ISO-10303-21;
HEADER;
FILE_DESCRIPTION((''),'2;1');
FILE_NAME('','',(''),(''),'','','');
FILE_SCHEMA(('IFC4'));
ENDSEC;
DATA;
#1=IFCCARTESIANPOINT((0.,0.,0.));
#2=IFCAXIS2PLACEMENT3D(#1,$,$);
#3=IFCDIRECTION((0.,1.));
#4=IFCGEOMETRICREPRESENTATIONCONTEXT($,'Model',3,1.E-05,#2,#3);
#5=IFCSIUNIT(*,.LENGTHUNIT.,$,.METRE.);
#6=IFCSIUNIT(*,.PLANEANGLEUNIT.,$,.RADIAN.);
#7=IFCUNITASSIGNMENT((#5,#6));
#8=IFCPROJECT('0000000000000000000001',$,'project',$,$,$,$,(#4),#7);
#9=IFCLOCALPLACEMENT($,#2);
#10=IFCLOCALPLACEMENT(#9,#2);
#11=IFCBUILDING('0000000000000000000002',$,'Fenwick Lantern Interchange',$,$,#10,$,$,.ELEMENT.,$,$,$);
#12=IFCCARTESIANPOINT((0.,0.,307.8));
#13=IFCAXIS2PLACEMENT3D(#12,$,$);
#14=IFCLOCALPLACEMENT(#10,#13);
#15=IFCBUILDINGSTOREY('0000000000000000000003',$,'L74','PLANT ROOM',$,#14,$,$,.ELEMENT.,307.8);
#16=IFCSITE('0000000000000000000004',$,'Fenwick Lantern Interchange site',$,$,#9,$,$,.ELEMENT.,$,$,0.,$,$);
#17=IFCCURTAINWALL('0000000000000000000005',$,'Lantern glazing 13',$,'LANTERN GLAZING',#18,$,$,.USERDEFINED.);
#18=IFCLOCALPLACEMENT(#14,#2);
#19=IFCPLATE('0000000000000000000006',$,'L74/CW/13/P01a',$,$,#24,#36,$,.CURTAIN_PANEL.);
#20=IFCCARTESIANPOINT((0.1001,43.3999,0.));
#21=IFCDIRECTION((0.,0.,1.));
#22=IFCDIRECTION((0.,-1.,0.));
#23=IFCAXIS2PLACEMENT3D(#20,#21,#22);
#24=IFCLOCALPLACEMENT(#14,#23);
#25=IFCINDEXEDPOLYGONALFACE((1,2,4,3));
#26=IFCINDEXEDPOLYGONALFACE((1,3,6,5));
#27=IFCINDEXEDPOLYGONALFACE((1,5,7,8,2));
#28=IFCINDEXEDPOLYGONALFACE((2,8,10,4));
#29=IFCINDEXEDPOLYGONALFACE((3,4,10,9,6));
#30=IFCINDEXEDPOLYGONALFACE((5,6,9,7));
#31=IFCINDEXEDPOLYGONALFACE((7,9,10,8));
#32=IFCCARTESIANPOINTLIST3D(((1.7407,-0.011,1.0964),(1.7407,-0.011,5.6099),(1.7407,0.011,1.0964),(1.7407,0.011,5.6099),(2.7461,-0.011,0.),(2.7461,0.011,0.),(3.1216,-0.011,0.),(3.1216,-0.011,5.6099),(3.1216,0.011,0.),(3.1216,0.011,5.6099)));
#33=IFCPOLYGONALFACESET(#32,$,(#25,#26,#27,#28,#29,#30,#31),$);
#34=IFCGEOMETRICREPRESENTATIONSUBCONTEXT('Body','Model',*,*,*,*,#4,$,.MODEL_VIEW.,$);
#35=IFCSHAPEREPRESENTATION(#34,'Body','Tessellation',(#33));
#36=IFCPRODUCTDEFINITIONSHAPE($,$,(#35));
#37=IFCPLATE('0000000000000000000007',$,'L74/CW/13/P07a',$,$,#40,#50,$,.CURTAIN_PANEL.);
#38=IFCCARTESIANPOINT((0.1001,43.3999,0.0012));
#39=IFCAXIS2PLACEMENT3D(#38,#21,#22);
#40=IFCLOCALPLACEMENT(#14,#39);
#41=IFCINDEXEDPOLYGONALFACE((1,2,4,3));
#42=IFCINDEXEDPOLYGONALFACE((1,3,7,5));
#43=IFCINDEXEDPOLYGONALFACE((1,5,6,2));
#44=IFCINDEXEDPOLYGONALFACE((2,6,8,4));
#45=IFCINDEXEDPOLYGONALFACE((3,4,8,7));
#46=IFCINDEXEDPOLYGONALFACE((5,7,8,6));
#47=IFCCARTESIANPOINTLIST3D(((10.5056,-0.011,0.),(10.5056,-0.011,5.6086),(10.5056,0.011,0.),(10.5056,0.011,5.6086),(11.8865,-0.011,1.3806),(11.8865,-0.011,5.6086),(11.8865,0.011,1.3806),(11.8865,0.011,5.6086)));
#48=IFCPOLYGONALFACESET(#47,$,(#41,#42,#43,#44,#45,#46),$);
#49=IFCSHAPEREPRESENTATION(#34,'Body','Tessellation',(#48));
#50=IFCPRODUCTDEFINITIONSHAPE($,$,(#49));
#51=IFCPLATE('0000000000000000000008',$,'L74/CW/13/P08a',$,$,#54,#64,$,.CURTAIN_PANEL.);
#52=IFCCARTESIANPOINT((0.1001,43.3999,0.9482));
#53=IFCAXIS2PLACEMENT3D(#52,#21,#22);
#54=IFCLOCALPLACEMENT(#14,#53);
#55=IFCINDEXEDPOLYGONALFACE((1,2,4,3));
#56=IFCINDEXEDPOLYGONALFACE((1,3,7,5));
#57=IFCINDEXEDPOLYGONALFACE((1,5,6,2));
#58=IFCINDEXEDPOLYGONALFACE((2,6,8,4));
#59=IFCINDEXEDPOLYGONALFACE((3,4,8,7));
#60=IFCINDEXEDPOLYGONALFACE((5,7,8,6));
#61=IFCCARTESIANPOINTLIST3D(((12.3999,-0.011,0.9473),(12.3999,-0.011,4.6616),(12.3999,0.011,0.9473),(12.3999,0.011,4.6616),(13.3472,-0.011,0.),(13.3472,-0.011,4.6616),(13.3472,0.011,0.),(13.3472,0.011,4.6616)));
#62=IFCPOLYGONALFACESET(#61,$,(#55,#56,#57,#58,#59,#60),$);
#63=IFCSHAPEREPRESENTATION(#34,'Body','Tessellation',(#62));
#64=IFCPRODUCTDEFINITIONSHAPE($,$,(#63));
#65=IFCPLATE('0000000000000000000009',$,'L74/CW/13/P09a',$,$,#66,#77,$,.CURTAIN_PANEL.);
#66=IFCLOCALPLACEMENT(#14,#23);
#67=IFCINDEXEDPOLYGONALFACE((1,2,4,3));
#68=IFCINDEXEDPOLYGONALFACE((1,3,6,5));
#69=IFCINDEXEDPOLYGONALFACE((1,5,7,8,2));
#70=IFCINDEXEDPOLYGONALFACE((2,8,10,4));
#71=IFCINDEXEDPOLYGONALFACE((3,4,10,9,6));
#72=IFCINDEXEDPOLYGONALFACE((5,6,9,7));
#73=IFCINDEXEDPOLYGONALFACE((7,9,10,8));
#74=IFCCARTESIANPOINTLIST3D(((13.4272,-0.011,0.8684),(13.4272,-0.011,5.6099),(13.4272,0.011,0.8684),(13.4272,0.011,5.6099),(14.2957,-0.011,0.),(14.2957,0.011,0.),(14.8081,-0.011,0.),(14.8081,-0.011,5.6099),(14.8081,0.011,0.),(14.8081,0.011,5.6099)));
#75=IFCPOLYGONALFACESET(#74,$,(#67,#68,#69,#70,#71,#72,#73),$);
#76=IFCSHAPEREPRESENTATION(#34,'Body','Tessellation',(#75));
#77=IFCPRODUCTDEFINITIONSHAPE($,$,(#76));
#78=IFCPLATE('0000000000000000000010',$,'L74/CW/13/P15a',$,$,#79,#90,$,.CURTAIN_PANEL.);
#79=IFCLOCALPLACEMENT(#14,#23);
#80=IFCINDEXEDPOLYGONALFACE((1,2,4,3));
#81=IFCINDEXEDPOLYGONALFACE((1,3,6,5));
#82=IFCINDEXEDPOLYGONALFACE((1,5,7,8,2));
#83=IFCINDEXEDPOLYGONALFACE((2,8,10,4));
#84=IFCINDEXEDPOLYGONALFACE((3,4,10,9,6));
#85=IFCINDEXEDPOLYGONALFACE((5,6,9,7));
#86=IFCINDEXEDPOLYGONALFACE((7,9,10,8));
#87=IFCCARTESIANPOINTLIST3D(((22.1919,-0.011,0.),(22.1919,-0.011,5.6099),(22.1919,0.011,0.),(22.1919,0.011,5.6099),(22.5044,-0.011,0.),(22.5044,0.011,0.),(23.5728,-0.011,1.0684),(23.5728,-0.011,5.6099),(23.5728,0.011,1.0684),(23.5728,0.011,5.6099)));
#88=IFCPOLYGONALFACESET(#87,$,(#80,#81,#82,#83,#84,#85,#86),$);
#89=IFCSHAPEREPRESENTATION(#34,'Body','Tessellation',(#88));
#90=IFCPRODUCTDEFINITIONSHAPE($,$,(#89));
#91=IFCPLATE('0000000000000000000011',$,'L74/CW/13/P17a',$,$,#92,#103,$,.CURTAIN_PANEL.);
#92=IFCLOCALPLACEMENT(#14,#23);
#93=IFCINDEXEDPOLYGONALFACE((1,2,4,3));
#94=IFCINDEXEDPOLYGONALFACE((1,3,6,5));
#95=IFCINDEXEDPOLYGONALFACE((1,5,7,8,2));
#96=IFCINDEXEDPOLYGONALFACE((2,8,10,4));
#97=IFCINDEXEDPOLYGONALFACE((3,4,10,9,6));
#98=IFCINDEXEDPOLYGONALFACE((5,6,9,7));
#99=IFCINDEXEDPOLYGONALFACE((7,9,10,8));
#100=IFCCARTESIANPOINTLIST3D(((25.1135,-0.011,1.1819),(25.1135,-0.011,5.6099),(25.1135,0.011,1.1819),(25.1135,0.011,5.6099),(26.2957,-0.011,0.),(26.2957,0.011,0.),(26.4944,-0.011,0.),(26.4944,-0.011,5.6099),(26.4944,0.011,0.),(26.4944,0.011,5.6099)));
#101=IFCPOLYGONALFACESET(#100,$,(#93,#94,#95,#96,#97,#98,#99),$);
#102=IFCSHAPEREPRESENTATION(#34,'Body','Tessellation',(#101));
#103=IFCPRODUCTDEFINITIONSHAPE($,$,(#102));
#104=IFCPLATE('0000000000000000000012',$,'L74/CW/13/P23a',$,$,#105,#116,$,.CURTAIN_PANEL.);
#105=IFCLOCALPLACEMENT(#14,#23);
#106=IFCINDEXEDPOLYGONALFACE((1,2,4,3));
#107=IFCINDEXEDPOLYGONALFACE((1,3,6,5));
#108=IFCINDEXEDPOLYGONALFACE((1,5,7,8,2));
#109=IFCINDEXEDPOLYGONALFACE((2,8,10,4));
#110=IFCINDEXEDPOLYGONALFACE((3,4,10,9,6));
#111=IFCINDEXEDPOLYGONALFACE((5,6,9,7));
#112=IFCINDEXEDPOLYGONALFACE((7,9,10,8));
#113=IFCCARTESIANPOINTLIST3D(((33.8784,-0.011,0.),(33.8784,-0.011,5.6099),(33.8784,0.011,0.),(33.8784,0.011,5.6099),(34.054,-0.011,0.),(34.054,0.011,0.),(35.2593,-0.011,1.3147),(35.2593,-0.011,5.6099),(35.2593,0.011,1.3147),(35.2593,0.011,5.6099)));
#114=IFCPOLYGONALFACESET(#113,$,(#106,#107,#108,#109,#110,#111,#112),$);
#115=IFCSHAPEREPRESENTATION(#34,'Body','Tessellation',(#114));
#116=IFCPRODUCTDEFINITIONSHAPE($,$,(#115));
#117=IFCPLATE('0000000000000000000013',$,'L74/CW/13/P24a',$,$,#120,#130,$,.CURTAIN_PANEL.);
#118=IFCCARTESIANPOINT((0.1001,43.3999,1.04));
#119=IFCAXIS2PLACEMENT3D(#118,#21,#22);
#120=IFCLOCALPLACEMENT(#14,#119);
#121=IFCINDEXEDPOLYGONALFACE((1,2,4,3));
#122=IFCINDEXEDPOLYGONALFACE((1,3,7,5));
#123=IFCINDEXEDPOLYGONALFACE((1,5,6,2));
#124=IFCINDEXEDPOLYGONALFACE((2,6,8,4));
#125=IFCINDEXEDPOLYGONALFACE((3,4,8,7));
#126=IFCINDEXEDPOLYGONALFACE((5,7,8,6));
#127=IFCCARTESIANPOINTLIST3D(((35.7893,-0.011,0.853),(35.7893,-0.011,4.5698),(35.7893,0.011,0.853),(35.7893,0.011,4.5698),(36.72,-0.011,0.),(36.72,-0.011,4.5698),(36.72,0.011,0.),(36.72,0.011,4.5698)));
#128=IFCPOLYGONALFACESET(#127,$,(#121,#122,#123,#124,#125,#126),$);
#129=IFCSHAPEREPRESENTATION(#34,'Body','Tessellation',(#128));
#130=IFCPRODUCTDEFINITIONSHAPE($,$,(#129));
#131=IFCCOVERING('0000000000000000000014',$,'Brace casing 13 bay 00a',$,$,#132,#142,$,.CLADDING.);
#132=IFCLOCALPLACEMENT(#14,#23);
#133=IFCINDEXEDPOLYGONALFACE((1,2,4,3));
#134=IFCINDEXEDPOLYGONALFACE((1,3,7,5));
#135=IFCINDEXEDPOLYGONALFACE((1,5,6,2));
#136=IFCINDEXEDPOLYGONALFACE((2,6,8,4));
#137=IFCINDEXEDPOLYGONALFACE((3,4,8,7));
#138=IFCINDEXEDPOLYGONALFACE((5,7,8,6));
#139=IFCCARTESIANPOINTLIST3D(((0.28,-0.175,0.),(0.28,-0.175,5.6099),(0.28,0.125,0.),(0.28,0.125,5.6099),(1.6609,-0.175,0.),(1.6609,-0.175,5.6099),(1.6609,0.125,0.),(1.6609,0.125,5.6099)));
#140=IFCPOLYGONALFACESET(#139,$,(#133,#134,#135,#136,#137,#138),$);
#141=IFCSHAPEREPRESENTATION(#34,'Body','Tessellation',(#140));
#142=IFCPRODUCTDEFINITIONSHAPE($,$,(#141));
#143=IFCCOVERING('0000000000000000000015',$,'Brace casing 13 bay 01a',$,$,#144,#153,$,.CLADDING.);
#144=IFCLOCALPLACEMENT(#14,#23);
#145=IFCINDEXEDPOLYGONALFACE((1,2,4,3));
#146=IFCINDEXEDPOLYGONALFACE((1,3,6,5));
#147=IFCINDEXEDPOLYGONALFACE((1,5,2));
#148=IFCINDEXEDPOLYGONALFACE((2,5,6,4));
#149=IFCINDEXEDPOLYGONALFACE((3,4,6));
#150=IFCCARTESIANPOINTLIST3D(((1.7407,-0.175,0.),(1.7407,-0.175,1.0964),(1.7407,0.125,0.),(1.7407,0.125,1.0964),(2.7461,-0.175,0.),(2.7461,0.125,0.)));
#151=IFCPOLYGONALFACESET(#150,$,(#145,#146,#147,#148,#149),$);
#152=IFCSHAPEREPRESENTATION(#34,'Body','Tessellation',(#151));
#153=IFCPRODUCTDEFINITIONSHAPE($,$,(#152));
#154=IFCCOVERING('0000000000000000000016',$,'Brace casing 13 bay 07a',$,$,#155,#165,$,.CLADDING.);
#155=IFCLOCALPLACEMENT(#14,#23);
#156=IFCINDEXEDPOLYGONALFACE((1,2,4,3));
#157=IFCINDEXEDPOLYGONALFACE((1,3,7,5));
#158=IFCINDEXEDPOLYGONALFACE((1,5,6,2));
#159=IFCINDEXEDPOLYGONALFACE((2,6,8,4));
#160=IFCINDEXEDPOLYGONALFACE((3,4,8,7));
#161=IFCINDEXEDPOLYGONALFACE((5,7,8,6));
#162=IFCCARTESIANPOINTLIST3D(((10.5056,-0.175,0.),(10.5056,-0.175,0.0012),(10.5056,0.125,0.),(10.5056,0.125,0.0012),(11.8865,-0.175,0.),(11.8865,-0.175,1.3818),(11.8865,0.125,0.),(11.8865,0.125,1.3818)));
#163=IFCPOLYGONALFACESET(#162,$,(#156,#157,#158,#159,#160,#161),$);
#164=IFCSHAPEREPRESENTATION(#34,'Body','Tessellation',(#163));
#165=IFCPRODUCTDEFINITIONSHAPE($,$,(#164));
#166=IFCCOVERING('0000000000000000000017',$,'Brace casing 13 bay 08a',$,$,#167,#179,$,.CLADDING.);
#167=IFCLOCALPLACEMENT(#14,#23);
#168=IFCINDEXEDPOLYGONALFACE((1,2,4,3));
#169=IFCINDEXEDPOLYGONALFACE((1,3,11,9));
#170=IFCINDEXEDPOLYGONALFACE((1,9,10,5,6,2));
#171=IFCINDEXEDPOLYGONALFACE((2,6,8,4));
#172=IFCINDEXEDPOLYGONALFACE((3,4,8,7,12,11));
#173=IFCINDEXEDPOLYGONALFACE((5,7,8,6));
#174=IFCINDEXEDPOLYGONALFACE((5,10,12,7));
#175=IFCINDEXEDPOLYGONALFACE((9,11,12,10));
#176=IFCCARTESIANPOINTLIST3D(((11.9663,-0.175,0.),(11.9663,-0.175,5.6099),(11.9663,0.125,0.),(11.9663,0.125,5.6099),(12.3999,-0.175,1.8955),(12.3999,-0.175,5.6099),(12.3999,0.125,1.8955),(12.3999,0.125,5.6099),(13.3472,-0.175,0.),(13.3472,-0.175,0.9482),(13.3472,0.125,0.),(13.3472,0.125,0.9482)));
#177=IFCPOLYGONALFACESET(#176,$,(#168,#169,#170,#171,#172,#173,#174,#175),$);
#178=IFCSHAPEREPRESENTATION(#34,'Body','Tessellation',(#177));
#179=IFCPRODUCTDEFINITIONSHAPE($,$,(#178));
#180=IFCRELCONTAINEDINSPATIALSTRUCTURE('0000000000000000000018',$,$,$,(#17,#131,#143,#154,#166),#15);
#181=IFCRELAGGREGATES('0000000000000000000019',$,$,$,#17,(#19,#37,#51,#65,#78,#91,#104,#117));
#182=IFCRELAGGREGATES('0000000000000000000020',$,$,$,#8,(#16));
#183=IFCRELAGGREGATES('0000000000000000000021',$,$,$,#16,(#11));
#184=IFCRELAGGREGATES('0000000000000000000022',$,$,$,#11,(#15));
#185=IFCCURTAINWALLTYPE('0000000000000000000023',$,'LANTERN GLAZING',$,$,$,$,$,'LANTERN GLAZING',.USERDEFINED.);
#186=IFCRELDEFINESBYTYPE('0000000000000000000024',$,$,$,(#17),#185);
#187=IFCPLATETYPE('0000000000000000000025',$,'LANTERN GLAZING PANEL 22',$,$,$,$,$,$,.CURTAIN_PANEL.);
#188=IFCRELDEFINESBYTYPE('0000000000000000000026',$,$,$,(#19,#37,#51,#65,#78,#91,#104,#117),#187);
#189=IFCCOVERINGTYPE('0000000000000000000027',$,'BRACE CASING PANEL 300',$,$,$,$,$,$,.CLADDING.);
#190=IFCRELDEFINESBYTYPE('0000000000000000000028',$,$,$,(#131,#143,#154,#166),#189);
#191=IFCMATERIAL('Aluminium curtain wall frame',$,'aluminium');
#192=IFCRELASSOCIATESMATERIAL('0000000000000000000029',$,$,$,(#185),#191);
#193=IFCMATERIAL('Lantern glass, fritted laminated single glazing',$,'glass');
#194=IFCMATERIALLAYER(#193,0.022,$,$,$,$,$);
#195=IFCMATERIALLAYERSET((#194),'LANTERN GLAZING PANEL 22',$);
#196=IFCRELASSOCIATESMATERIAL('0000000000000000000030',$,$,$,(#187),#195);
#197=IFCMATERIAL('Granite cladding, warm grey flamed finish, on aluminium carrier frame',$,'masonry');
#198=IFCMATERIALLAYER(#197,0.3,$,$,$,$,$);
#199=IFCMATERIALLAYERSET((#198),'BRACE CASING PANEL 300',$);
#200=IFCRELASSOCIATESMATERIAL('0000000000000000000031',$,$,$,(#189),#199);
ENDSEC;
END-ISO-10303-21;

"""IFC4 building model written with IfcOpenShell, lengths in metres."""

from ifc_helpers import new_model, si_unit, direction, frame, origin, place, context, subcontext, project, spatial, polyline, outline, extrude, material, layer, layer_set, type_object, element, aggregate, save


model = new_model("IFC4")

# Units and contexts
model_context = context("Model", 3, precision=1e-05, world=origin(), true_north=direction((0.0, 1.0)))
body_context = subcontext(model_context, "Body", "Model", "MODEL_VIEW")
ifc_project = project(units=[si_unit("LENGTHUNIT", "METRE"), si_unit("PLANEANGLEUNIT", "RADIAN")], contexts=[model_context])

# Site, building, storey
site_placement = place(None, origin())
site = spatial("IfcSite", under=ifc_project, at=site_placement, Name="Fenwick Lantern Interchange site", CompositionType="ELEMENT", RefElevation=0.0)
building_placement = place(site_placement, origin())
building = spatial("IfcBuilding", under=site, at=building_placement, Name="Fenwick Lantern Interchange", CompositionType="ELEMENT")
storey_placement = place(building_placement, frame((0.0, 0.0, 307.8)))
storey = spatial("IfcBuildingStorey", under=building, at=storey_placement, Name="L74", Description="PLANT ROOM", CompositionType="ELEMENT", Elevation=307.8)

# Shared definitions
ifc_material_1 = material(Name="Aluminium curtain wall frame", Category="aluminium")
curtain_wall_type = type_object("IfcCurtainWallType", Name="LANTERN GLAZING", ElementType="LANTERN GLAZING", PredefinedType="USERDEFINED", material=ifc_material_1)

# Curtain wall
curtain_wall_1_placement = place(storey_placement, origin())
curtain_wall_1 = element("IfcCurtainWall", 1, at=curtain_wall_1_placement, inside=storey, type_object=curtain_wall_type, Name="Lantern glazing 13", ObjectType="LANTERN GLAZING", PredefinedType="USERDEFINED")

# Plates
ifc_material_2 = material(Name="Lantern glass, fritted laminated single glazing", Category="glass")
ifc_layer_1 = layer(ifc_material_2, 0.022)
ifc_layer_set_1 = layer_set([ifc_layer_1], Name="LANTERN GLAZING PANEL 22")
plate_type = type_object("IfcPlateType", Name="LANTERN GLAZING PANEL 22", PredefinedType="CURTAIN_PANEL", material=ifc_layer_set_1)
plate_1_placement = place(storey_placement, frame((0.1001, 43.3999, 0.0), z_axis=(0.0, 0.0, 1.0), x_axis=(0.0, -1.0, 0.0)))
plate_1 = element("IfcPlate", 2, at=plate_1_placement, type_object=plate_type, Name="L74/CW/13/P01a", PredefinedType="CURTAIN_PANEL", context=body_context, shape_type="SweptSolid", body=[
    extrude(outline(polyline([(2.7461, 0.0), (3.1216, 0.0), (3.1216, 5.6099), (1.7407, 5.6099), (1.7407, 1.0964), (2.7461, 0.0)])), frame((0.0, 0.011, 0.0), z_axis=(0.0, -1.0, 0.0), x_axis=(1.0, 0.0, 0.0)), (0.0, 0.0, 1.0), 0.022),
])
plate_2_placement = place(storey_placement, frame((0.1001, 43.3999, 0.0012), z_axis=(0.0, 0.0, 1.0), x_axis=(0.0, -1.0, 0.0)))
plate_2 = element("IfcPlate", 3, at=plate_2_placement, type_object=plate_type, Name="L74/CW/13/P07a", PredefinedType="CURTAIN_PANEL", context=body_context, shape_type="SweptSolid", body=[
    extrude(outline(polyline([(10.5056, 0.0), (11.8865, 1.3806), (11.8865, 5.6086), (10.5056, 5.6086), (10.5056, 0.0)])), frame((0.0, 0.011, 0.0), z_axis=(0.0, -1.0, 0.0), x_axis=(1.0, 0.0, 0.0)), (0.0, 0.0, 1.0), 0.022),
])
plate_3_placement = place(storey_placement, frame((0.1001, 43.3999, 0.9482), z_axis=(0.0, 0.0, 1.0), x_axis=(0.0, -1.0, 0.0)))
plate_3 = element("IfcPlate", 4, at=plate_3_placement, type_object=plate_type, Name="L74/CW/13/P08a", PredefinedType="CURTAIN_PANEL", context=body_context, shape_type="SweptSolid", body=[
    extrude(outline(polyline([(13.3472, 0.0), (13.3472, 4.6616), (12.3999, 4.6616), (12.3999, 0.9473), (13.3472, 0.0)])), frame((0.0, 0.011, 0.0), z_axis=(0.0, -1.0, 0.0), x_axis=(1.0, 0.0, 0.0)), (0.0, 0.0, 1.0), 0.022),
])
plate_4_placement = place(storey_placement, frame((0.1001, 43.3999, 0.0), z_axis=(0.0, 0.0, 1.0), x_axis=(0.0, -1.0, 0.0)))
plate_4 = element("IfcPlate", 5, at=plate_4_placement, type_object=plate_type, Name="L74/CW/13/P09a", PredefinedType="CURTAIN_PANEL", context=body_context, shape_type="SweptSolid", body=[
    extrude(outline(polyline([(14.2957, 0.0), (14.8081, 0.0), (14.8081, 5.6099), (13.4272, 5.6099), (13.4272, 0.8684), (14.2957, 0.0)])), frame((0.0, 0.011, 0.0), z_axis=(0.0, -1.0, 0.0), x_axis=(1.0, 0.0, 0.0)), (0.0, 0.0, 1.0), 0.022),
])
plate_5_placement = place(storey_placement, frame((0.1001, 43.3999, 0.0), z_axis=(0.0, 0.0, 1.0), x_axis=(0.0, -1.0, 0.0)))
plate_5 = element("IfcPlate", 6, at=plate_5_placement, type_object=plate_type, Name="L74/CW/13/P15a", PredefinedType="CURTAIN_PANEL", context=body_context, shape_type="SweptSolid", body=[
    extrude(outline(polyline([(22.1919, 0.0), (22.5044, 0.0), (23.5728, 1.0684), (23.5728, 5.6099), (22.1919, 5.6099), (22.1919, 0.0)])), frame((0.0, 0.011, 0.0), z_axis=(0.0, -1.0, 0.0), x_axis=(1.0, 0.0, 0.0)), (0.0, 0.0, 1.0), 0.022),
])
plate_6_placement = place(storey_placement, frame((0.1001, 43.3999, 0.0), z_axis=(0.0, 0.0, 1.0), x_axis=(0.0, -1.0, 0.0)))
plate_6 = element("IfcPlate", 7, at=plate_6_placement, type_object=plate_type, Name="L74/CW/13/P17a", PredefinedType="CURTAIN_PANEL", context=body_context, shape_type="SweptSolid", body=[
    extrude(outline(polyline([(26.2957, 0.0), (26.4944, 0.0), (26.4944, 5.6099), (25.1135, 5.6099), (25.1135, 1.1819), (26.2957, 0.0)])), frame((0.0, 0.011, 0.0), z_axis=(0.0, -1.0, 0.0), x_axis=(1.0, 0.0, 0.0)), (0.0, 0.0, 1.0), 0.022),
])
plate_7_placement = place(storey_placement, frame((0.1001, 43.3999, 0.0), z_axis=(0.0, 0.0, 1.0), x_axis=(0.0, -1.0, 0.0)))
plate_7 = element("IfcPlate", 8, at=plate_7_placement, type_object=plate_type, Name="L74/CW/13/P23a", PredefinedType="CURTAIN_PANEL", context=body_context, shape_type="SweptSolid", body=[
    extrude(outline(polyline([(33.8784, 0.0), (34.054, 0.0), (35.2593, 1.3147), (35.2593, 5.6099), (33.8784, 5.6099), (33.8784, 0.0)])), frame((0.0, 0.011, 0.0), z_axis=(0.0, -1.0, 0.0), x_axis=(1.0, 0.0, 0.0)), (0.0, 0.0, 1.0), 0.022),
])
plate_8_placement = place(storey_placement, frame((0.1001, 43.3999, 1.04), z_axis=(0.0, 0.0, 1.0), x_axis=(0.0, -1.0, 0.0)))
plate_8 = element("IfcPlate", 9, at=plate_8_placement, type_object=plate_type, Name="L74/CW/13/P24a", PredefinedType="CURTAIN_PANEL", context=body_context, shape_type="SweptSolid", body=[
    extrude(outline(polyline([(36.72, 0.0), (36.72, 4.5698), (35.7893, 4.5698), (35.7893, 0.853), (36.72, 0.0)])), frame((0.0, 0.011, 0.0), z_axis=(0.0, -1.0, 0.0), x_axis=(1.0, 0.0, 0.0)), (0.0, 0.0, 1.0), 0.022),
])
aggregate(curtain_wall_1, [plate_1, plate_2, plate_3, plate_4, plate_5, plate_6, plate_7, plate_8])

# Coverings
ifc_material_3 = material(Name="Granite cladding, warm grey flamed finish, on aluminium carrier frame", Category="masonry")
ifc_layer_2 = layer(ifc_material_3, 0.3)
ifc_layer_set_2 = layer_set([ifc_layer_2], Name="BRACE CASING PANEL 300")
covering_type = type_object("IfcCoveringType", Name="BRACE CASING PANEL 300", PredefinedType="CLADDING", material=ifc_layer_set_2)
covering_1_placement = place(storey_placement, frame((0.1001, 43.3999, 0.0), z_axis=(0.0, 0.0, 1.0), x_axis=(0.0, -1.0, 0.0)))
element("IfcCovering", 10, at=covering_1_placement, inside=storey, type_object=covering_type, Name="Brace casing 13 bay 00a", PredefinedType="CLADDING", context=body_context, shape_type="SweptSolid", body=[
    extrude(outline(polyline([(0.28, 0.0), (1.6609, 0.0), (1.6609, 5.6099), (0.28, 5.6099), (0.28, 0.0)])), frame((0.0, 0.125, 0.0), z_axis=(0.0, -1.0, 0.0), x_axis=(1.0, 0.0, 0.0)), (0.0, 0.0, 1.0), 0.3),
])
covering_2_placement = place(storey_placement, frame((0.1001, 43.3999, 0.0), z_axis=(0.0, 0.0, 1.0), x_axis=(0.0, -1.0, 0.0)))
element("IfcCovering", 11, at=covering_2_placement, inside=storey, type_object=covering_type, Name="Brace casing 13 bay 01a", PredefinedType="CLADDING", context=body_context, shape_type="SweptSolid", body=[
    extrude(outline(polyline([(1.7407, 0.0), (2.7461, 0.0), (1.7407, 1.0964), (1.7407, 0.0)])), frame((0.0, 0.125, 0.0), z_axis=(0.0, -1.0, 0.0), x_axis=(1.0, 0.0, 0.0)), (0.0, 0.0, 1.0), 0.3),
])
covering_3_placement = place(storey_placement, frame((0.1001, 43.3999, 0.0), z_axis=(0.0, 0.0, 1.0), x_axis=(0.0, -1.0, 0.0)))
element("IfcCovering", 12, at=covering_3_placement, inside=storey, type_object=covering_type, Name="Brace casing 13 bay 07a", PredefinedType="CLADDING", context=body_context, shape_type="SweptSolid", body=[
    extrude(outline(polyline([(10.5056, 0.0), (11.8865, 0.0), (11.8865, 1.3818), (10.5056, 0.0012), (10.5056, 0.0)])), frame((0.0, 0.125, 0.0), z_axis=(0.0, -1.0, 0.0), x_axis=(1.0, 0.0, 0.0)), (0.0, 0.0, 1.0), 0.3),
])
covering_4_placement = place(storey_placement, frame((0.1001, 43.3999, 0.0), z_axis=(0.0, 0.0, 1.0), x_axis=(0.0, -1.0, 0.0)))
element("IfcCovering", 13, at=covering_4_placement, inside=storey, type_object=covering_type, Name="Brace casing 13 bay 08a", PredefinedType="CLADDING", context=body_context, shape_type="SweptSolid", body=[
    extrude(outline(polyline([(11.9663, 0.0), (13.3472, 0.0), (13.3472, 0.9482), (12.3999, 1.8955), (12.3999, 5.6099), (11.9663, 5.6099), (11.9663, 0.0)])), frame((0.0, 0.125, 0.0), z_axis=(0.0, -1.0, 0.0), x_axis=(1.0, 0.0, 0.0)), (0.0, 0.0, 1.0), 0.3),
])

save(model, "model.ifc")
